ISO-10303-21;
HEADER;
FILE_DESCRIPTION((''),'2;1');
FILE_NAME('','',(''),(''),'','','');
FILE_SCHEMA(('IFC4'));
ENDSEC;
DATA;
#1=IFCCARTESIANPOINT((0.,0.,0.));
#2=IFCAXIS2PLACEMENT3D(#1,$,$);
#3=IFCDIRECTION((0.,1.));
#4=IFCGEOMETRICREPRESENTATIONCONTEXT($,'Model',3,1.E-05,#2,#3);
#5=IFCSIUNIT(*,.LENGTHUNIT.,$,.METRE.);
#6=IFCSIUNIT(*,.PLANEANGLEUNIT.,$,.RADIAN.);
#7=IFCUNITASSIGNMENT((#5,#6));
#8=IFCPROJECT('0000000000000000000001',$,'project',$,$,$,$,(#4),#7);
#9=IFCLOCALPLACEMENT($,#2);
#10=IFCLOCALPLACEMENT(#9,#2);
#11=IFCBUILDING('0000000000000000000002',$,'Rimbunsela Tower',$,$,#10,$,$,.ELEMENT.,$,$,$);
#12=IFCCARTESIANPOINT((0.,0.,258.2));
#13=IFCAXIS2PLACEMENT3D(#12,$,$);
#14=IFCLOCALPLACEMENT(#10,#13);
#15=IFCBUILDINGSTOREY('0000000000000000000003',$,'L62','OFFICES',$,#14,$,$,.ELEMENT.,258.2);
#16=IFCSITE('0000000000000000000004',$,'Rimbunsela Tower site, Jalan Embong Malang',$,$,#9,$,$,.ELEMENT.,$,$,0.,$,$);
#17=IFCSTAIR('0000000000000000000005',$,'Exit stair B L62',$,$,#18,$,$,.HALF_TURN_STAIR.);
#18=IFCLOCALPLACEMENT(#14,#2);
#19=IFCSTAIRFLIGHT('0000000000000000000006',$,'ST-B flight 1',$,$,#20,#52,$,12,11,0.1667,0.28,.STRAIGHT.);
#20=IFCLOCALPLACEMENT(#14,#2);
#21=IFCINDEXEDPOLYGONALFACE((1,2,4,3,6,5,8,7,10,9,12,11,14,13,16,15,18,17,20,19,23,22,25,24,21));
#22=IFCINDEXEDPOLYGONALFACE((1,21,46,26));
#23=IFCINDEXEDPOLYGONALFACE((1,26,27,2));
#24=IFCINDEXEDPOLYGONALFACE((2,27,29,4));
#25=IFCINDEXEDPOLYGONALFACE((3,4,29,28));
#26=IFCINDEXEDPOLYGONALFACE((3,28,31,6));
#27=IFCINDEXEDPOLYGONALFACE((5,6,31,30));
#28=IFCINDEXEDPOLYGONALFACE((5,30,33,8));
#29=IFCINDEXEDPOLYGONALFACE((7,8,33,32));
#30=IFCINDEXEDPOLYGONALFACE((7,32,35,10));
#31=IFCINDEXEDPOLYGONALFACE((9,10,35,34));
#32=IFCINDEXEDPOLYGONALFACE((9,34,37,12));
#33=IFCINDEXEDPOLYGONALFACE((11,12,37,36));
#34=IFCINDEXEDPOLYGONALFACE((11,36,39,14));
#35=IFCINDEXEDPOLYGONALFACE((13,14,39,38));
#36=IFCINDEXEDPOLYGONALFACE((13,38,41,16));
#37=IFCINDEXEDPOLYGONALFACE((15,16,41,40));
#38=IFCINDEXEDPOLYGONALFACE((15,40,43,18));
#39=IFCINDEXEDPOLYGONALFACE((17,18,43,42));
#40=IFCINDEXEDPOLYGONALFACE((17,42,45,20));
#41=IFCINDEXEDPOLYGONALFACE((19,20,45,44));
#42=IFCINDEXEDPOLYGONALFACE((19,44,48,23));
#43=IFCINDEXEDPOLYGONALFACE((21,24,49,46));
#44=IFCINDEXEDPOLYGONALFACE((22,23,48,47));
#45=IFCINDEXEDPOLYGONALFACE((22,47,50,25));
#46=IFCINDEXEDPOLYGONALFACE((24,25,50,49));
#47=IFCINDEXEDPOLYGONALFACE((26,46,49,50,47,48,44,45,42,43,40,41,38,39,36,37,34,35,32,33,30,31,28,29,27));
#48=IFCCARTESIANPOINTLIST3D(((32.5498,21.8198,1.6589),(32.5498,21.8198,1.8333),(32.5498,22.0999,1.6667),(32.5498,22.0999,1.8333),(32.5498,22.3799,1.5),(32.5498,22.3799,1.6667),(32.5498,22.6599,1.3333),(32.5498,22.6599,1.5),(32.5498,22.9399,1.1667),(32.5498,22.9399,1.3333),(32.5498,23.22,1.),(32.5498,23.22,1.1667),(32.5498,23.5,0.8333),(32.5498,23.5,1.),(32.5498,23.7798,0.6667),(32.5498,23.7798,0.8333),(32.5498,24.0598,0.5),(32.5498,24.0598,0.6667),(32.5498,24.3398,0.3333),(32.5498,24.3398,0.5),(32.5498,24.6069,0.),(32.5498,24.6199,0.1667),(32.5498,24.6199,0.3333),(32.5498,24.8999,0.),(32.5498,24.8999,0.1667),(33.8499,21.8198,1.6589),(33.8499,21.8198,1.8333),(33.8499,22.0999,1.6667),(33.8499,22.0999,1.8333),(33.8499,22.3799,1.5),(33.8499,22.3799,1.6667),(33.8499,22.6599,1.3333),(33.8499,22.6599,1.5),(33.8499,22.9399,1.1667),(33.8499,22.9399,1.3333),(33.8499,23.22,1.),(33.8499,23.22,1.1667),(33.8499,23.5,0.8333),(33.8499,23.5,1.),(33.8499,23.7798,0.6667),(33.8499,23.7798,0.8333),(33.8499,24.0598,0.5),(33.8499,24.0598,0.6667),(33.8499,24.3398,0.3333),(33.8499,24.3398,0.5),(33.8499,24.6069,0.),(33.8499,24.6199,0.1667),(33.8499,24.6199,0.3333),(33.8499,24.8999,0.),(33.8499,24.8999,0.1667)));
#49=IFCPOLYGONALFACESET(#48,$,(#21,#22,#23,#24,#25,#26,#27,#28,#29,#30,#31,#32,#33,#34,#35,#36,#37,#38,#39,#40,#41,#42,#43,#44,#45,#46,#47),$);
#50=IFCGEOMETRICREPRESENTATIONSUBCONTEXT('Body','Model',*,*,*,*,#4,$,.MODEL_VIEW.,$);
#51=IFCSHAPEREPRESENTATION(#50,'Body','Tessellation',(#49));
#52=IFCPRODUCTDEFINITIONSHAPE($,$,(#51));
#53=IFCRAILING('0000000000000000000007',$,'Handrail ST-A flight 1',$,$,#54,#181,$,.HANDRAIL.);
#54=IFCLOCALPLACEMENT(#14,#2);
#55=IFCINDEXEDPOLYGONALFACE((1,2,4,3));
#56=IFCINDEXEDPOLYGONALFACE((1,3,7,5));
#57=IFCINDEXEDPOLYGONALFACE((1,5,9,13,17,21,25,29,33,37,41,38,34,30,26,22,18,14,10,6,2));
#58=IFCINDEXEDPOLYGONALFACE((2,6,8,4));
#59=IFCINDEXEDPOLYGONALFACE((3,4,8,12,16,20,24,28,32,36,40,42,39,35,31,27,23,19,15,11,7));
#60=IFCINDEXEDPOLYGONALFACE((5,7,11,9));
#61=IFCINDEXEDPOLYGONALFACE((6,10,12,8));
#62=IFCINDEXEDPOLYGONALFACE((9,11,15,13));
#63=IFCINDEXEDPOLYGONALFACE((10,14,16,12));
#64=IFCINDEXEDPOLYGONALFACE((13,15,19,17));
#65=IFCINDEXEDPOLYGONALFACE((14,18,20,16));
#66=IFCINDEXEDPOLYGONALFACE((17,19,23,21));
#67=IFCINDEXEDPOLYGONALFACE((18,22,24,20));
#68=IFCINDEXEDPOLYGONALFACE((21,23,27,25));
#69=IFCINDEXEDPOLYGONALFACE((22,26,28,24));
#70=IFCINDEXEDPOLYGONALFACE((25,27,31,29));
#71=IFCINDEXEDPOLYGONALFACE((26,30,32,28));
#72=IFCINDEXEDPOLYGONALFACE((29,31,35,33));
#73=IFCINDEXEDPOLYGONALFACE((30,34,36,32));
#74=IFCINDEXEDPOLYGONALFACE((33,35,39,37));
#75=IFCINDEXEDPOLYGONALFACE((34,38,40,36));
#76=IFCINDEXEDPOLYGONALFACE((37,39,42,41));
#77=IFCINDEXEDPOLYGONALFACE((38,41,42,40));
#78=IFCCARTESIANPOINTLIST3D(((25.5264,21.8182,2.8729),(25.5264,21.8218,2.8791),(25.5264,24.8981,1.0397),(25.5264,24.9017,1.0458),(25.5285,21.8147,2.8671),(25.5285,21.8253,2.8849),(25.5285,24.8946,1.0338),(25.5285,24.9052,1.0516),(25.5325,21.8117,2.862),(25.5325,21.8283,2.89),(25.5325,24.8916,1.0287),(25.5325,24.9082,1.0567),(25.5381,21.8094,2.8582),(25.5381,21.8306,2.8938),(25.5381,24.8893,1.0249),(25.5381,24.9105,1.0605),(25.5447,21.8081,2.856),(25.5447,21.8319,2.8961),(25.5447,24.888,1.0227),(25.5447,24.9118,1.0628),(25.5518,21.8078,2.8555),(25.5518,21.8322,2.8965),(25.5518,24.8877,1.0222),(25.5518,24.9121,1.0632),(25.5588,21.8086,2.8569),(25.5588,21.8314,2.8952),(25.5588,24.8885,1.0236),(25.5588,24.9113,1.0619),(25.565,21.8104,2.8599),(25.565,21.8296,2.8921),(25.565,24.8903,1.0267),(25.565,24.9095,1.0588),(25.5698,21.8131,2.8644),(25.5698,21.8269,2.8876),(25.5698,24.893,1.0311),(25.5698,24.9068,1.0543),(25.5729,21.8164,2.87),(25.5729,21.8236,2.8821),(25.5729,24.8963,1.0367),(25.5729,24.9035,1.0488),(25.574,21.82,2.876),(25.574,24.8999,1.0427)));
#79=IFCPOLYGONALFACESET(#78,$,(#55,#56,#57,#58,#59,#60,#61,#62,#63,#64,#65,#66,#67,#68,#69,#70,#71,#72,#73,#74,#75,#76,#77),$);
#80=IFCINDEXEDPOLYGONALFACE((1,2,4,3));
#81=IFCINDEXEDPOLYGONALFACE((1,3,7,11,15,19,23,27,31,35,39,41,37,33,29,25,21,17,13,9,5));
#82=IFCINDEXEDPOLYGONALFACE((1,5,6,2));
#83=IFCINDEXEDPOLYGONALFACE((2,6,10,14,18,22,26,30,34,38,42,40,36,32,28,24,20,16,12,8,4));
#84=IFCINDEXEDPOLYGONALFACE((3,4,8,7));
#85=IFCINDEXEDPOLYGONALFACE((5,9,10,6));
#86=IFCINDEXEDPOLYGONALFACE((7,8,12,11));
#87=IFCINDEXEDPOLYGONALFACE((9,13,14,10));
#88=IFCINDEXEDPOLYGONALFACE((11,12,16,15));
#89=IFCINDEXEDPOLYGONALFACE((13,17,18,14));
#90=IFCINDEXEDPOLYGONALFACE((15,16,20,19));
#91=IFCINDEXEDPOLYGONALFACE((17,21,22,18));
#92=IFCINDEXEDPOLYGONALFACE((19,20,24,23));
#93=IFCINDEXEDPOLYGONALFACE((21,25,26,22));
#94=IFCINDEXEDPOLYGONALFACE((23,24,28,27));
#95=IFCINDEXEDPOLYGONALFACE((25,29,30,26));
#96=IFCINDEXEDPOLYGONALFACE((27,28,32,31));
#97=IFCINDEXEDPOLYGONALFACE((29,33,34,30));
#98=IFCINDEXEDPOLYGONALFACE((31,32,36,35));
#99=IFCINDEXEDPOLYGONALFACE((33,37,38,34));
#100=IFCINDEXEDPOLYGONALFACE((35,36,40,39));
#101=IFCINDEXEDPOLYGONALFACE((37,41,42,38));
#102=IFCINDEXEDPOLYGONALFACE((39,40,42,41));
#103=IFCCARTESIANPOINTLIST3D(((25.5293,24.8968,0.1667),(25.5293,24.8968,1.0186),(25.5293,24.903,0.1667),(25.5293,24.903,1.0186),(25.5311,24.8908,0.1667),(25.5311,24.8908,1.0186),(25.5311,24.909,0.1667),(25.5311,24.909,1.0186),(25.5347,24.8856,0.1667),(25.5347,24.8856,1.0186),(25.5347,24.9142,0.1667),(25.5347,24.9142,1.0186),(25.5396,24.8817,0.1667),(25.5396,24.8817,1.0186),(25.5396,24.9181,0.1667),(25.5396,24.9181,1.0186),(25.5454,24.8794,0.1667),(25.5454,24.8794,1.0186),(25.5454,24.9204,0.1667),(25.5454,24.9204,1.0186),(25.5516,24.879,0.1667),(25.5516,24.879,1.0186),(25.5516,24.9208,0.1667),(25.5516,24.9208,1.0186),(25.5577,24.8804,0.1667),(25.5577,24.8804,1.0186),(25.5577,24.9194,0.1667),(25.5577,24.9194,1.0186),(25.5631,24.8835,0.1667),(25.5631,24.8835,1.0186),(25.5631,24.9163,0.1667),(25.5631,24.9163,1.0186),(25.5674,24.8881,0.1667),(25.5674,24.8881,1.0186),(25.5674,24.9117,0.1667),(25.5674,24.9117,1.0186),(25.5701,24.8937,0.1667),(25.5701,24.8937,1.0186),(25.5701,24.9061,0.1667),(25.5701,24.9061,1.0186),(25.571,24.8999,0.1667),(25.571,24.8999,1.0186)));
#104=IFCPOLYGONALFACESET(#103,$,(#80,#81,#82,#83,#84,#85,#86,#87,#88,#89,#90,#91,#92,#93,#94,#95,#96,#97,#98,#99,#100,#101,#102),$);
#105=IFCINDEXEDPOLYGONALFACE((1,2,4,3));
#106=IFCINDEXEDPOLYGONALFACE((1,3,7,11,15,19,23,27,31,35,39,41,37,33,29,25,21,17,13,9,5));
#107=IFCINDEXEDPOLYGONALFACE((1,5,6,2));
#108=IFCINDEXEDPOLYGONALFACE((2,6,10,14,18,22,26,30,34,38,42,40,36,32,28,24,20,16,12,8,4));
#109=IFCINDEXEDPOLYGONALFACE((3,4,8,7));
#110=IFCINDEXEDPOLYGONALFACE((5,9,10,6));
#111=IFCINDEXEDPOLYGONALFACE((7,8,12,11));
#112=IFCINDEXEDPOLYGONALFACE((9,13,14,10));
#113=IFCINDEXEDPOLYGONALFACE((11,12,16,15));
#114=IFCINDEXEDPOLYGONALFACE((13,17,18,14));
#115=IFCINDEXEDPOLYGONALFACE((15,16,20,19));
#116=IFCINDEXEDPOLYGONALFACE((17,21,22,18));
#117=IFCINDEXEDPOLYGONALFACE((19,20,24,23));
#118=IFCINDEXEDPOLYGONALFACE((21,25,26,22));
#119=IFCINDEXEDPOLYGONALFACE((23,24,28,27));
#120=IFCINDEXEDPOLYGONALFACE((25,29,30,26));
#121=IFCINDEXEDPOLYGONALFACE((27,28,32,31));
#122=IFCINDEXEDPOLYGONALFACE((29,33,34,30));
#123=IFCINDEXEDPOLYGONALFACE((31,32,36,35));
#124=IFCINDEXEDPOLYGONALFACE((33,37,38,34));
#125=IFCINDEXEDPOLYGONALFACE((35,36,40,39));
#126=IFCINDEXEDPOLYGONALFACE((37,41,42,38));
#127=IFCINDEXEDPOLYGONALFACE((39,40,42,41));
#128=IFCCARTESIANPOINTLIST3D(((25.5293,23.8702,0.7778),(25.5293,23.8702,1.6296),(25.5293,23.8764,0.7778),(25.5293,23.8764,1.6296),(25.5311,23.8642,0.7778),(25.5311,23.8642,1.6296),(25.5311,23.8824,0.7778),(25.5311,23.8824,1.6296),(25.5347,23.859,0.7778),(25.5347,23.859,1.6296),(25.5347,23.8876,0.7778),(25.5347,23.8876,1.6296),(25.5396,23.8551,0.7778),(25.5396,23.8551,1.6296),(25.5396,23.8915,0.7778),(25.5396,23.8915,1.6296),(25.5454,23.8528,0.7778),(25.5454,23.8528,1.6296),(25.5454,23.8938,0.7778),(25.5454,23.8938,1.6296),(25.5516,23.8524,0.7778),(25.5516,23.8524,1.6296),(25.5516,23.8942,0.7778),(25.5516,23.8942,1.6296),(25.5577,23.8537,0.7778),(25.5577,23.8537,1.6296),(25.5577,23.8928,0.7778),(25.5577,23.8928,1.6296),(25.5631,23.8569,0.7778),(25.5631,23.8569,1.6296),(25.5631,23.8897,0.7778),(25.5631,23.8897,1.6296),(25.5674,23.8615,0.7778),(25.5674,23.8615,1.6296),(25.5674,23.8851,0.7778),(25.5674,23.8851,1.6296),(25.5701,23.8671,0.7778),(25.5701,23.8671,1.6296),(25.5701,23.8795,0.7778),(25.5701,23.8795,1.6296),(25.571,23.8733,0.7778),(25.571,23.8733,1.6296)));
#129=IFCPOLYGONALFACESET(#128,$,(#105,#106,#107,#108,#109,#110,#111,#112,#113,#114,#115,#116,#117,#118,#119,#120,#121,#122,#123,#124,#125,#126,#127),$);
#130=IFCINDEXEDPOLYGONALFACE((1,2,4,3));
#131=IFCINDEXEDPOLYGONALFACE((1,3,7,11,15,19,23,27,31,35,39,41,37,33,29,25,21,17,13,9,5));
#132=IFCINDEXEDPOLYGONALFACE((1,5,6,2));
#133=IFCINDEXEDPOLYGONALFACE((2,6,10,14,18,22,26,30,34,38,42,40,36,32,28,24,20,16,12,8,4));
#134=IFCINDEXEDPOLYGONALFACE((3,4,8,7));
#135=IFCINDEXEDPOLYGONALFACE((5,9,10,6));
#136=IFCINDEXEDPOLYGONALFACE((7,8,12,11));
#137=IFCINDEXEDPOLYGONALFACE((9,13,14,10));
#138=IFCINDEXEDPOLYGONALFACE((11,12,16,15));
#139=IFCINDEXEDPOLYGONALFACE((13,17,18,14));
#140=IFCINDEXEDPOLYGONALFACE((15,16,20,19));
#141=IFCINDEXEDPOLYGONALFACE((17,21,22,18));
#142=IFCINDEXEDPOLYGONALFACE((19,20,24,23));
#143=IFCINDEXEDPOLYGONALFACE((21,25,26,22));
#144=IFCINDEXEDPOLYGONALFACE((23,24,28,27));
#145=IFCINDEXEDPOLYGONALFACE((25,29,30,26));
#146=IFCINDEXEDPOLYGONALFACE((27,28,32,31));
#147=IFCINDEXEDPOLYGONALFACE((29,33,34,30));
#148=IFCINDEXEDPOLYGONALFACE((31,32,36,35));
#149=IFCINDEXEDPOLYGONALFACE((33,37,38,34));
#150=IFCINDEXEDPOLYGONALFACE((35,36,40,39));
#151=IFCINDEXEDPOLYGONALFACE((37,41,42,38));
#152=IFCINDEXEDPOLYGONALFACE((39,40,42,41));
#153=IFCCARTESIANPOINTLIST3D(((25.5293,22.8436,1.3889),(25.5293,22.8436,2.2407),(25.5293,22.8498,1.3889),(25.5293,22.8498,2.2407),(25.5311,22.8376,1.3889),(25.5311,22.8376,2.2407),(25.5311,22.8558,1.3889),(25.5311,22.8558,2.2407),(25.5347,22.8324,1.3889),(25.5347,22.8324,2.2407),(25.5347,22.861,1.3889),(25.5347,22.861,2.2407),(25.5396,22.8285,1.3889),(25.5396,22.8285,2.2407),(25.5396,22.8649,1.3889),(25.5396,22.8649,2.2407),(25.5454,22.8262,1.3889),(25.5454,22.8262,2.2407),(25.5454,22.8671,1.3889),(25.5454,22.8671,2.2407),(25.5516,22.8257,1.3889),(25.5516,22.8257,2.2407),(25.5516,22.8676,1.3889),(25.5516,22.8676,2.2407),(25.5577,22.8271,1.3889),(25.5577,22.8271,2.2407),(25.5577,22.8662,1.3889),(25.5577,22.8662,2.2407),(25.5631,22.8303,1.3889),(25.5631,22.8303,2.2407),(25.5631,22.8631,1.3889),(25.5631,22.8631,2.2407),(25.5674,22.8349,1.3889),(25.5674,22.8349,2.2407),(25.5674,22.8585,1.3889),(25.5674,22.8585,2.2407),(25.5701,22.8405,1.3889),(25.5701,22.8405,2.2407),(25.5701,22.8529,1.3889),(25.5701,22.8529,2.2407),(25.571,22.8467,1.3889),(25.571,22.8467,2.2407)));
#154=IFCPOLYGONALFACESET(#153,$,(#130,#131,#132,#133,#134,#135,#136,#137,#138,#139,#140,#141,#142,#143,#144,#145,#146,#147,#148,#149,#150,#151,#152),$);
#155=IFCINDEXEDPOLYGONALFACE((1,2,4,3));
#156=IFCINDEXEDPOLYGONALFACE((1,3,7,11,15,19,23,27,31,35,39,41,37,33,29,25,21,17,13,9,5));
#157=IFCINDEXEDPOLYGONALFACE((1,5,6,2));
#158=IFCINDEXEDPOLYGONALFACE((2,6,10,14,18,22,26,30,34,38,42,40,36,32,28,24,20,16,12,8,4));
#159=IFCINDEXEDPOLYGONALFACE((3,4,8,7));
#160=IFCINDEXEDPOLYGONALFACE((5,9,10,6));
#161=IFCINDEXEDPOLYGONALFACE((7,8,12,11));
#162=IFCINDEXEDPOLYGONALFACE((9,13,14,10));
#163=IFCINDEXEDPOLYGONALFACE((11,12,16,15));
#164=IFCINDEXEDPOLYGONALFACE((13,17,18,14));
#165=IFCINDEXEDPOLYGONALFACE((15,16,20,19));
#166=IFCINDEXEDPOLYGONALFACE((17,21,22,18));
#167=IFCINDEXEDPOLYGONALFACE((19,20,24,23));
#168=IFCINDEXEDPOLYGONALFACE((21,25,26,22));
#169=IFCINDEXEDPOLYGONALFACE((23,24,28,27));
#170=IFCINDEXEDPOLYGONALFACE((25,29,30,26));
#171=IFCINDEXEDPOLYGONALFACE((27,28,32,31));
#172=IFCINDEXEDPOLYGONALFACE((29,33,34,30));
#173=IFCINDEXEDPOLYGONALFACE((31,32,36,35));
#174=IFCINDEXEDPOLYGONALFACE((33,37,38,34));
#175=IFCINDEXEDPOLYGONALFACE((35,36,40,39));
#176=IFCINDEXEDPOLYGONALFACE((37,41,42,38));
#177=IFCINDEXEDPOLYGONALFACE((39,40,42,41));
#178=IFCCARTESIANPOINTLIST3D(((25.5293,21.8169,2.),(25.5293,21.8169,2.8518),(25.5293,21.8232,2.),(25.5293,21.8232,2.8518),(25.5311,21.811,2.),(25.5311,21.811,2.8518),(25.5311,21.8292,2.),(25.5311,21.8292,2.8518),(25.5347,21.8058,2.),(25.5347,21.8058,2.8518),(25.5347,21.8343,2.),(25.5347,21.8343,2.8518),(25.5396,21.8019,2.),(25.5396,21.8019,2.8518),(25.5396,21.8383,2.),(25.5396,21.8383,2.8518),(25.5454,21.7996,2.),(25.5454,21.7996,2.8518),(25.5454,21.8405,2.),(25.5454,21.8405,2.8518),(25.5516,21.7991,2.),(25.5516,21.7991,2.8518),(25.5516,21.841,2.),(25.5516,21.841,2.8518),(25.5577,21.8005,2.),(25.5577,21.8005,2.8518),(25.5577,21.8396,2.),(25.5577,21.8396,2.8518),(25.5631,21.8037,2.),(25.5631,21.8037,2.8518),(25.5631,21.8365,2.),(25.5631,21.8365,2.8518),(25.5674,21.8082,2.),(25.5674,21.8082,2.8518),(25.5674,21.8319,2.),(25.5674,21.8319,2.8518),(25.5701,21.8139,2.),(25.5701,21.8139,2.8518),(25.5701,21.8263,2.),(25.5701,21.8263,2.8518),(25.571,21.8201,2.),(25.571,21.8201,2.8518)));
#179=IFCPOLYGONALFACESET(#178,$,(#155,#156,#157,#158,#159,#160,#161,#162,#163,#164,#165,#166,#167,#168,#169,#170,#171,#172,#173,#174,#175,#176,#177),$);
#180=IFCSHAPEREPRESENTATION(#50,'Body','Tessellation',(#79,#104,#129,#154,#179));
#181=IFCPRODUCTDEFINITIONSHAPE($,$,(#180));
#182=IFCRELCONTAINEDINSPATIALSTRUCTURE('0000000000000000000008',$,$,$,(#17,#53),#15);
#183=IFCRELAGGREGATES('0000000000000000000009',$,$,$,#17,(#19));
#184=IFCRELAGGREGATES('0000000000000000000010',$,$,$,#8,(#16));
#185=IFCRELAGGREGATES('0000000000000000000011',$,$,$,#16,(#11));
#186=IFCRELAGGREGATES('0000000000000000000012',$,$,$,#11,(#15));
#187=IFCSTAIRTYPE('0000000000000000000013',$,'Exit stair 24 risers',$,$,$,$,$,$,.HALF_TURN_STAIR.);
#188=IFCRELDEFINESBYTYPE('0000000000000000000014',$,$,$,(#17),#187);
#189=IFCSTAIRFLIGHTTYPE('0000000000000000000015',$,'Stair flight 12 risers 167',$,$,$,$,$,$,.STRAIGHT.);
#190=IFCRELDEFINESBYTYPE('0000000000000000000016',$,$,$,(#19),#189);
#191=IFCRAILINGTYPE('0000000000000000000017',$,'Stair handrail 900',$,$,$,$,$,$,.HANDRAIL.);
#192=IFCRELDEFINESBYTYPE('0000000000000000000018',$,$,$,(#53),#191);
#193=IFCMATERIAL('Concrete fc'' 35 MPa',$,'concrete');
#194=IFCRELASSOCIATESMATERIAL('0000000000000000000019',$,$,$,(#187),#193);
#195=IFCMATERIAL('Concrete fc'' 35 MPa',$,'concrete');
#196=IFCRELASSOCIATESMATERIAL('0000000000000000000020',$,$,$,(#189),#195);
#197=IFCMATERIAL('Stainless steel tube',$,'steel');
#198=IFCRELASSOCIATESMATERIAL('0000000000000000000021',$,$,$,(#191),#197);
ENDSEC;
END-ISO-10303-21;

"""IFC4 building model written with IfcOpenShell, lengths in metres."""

from ifc_helpers import new_model, si_unit, direction, frame, origin, origin_2d, place, context, subcontext, project, spatial, polyline, circle, outline, extrude, material, type_object, element, aggregate, save


model = new_model("IFC4")

# Units and contexts
model_context = context("Model", 3, precision=1e-05, world=origin(), true_north=direction((0.0, 1.0)))
body_context = subcontext(model_context, "Body", "Model", "MODEL_VIEW")
ifc_project = project(units=[si_unit("LENGTHUNIT", "METRE"), si_unit("PLANEANGLEUNIT", "RADIAN")], contexts=[model_context])

# Site, building, storey
site_placement = place(None, origin())
site = spatial("IfcSite", under=ifc_project, at=site_placement, Name="Rimbunsela Tower site, Jalan Embong Malang", CompositionType="ELEMENT", RefElevation=0.0)
building_placement = place(site_placement, origin())
building = spatial("IfcBuilding", under=site, at=building_placement, Name="Rimbunsela Tower", CompositionType="ELEMENT")
storey_placement = place(building_placement, frame((0.0, 0.0, 258.2)))
storey = spatial("IfcBuildingStorey", under=building, at=storey_placement, Name="L62", Description="OFFICES", CompositionType="ELEMENT", Elevation=258.2)

# Stair, stair flight
ifc_material_1 = material(Name="Concrete fc' 35 MPa", Category="concrete")
stair_type = type_object("IfcStairType", Name="Exit stair 24 risers", PredefinedType="HALF_TURN_STAIR", material=ifc_material_1)
stair_placement = place(storey_placement, origin())
stair = element("IfcStair", 1, at=stair_placement, inside=storey, type_object=stair_type, Name="Exit stair B L62", PredefinedType="HALF_TURN_STAIR")
ifc_material_2 = material(Name="Concrete fc' 35 MPa", Category="concrete")
stair_flight_type = type_object("IfcStairFlightType", Name="Stair flight 12 risers 167", PredefinedType="STRAIGHT", material=ifc_material_2)
stair_flight_placement = place(storey_placement, frame((33.2, 24.8999, 0.0), z_axis=(0.0, 0.0, 1.0), x_axis=(0.0, -1.0, 0.0)))
stair_flight = element("IfcStairFlight", 2, at=stair_flight_placement, type_object=stair_flight_type, Name="ST-B flight 1", NumberOfRisers=12, NumberOfTreads=11, PredefinedType="STRAIGHT", RiserHeight=0.1667, TreadLength=0.28, context=body_context, shape_type="SweptSolid", body=[
    extrude(outline(polyline([(0.0, 0.0), (0.0, 0.1667), (0.28, 0.1667), (0.28, 0.3333), (0.5601, 0.3333), (0.5601, 0.5), (0.8401, 0.5), (0.8401, 0.6667), (1.1201, 0.6667), (1.1201, 0.8333), (1.3999, 0.8333), (1.3999, 1.0), (1.6799, 1.0), (1.6799, 1.1667), (1.96, 1.1667), (1.96, 1.3333), (2.24, 1.3333), (2.24, 1.5), (2.52, 1.5), (2.52, 1.6667), (2.8, 1.6667), (2.8, 1.8333), (3.0801, 1.8333), (3.0801, 2.0), (3.0801, 1.6589), (0.293, 0.0), (0.0, 0.0)])), frame((0.0, 0.6499, 0.0), z_axis=(0.0, -1.0, 0.0), x_axis=(1.0, 0.0, 0.0)), (0.0, 0.0, 1.0), 1.3),
])
aggregate(stair, [stair_flight])

# Railing
ifc_material_3 = material(Name="Stainless steel tube", Category="steel")
railing_type = type_object("IfcRailingType", Name="Stair handrail 900", PredefinedType="HANDRAIL", material=ifc_material_3)
for number, where, name in (
    (3, (25.55, 24.8999, 0.1667), "Handrail ST-A flight 1"),
):
    element("IfcRailing", number, at=place(storey_placement, frame(where)), inside=storey, type_object=railing_type, Name=name, PredefinedType="HANDRAIL", context=body_context, shape_type="SweptSolid", body=[
        extrude(circle(Radius=0.0239, at=origin_2d()), frame((0.0, 0.0, 0.876), z_axis=(0.0, -0.859291, 0.511487), x_axis=(1.0, 0.0, 0.0)), (0.0, 0.0, 1.0), 3.5842),
        extrude(circle(Radius=0.021, at=origin_2d()), origin(), (0.0, 0.0, 1.0), 0.8518),
        extrude(circle(Radius=0.021, at=origin_2d()), frame((0.0, -1.0266, 0.6111)), (0.0, 0.0, 1.0), 0.8518),
        extrude(circle(Radius=0.021, at=origin_2d()), frame((0.0, -2.0532, 1.2222)), (0.0, 0.0, 1.0), 0.8518),
        extrude(circle(Radius=0.021, at=origin_2d()), frame((0.0, -3.0798, 1.8333)), (0.0, 0.0, 1.0), 0.8518),
    ])

save(model, "model.ifc")
